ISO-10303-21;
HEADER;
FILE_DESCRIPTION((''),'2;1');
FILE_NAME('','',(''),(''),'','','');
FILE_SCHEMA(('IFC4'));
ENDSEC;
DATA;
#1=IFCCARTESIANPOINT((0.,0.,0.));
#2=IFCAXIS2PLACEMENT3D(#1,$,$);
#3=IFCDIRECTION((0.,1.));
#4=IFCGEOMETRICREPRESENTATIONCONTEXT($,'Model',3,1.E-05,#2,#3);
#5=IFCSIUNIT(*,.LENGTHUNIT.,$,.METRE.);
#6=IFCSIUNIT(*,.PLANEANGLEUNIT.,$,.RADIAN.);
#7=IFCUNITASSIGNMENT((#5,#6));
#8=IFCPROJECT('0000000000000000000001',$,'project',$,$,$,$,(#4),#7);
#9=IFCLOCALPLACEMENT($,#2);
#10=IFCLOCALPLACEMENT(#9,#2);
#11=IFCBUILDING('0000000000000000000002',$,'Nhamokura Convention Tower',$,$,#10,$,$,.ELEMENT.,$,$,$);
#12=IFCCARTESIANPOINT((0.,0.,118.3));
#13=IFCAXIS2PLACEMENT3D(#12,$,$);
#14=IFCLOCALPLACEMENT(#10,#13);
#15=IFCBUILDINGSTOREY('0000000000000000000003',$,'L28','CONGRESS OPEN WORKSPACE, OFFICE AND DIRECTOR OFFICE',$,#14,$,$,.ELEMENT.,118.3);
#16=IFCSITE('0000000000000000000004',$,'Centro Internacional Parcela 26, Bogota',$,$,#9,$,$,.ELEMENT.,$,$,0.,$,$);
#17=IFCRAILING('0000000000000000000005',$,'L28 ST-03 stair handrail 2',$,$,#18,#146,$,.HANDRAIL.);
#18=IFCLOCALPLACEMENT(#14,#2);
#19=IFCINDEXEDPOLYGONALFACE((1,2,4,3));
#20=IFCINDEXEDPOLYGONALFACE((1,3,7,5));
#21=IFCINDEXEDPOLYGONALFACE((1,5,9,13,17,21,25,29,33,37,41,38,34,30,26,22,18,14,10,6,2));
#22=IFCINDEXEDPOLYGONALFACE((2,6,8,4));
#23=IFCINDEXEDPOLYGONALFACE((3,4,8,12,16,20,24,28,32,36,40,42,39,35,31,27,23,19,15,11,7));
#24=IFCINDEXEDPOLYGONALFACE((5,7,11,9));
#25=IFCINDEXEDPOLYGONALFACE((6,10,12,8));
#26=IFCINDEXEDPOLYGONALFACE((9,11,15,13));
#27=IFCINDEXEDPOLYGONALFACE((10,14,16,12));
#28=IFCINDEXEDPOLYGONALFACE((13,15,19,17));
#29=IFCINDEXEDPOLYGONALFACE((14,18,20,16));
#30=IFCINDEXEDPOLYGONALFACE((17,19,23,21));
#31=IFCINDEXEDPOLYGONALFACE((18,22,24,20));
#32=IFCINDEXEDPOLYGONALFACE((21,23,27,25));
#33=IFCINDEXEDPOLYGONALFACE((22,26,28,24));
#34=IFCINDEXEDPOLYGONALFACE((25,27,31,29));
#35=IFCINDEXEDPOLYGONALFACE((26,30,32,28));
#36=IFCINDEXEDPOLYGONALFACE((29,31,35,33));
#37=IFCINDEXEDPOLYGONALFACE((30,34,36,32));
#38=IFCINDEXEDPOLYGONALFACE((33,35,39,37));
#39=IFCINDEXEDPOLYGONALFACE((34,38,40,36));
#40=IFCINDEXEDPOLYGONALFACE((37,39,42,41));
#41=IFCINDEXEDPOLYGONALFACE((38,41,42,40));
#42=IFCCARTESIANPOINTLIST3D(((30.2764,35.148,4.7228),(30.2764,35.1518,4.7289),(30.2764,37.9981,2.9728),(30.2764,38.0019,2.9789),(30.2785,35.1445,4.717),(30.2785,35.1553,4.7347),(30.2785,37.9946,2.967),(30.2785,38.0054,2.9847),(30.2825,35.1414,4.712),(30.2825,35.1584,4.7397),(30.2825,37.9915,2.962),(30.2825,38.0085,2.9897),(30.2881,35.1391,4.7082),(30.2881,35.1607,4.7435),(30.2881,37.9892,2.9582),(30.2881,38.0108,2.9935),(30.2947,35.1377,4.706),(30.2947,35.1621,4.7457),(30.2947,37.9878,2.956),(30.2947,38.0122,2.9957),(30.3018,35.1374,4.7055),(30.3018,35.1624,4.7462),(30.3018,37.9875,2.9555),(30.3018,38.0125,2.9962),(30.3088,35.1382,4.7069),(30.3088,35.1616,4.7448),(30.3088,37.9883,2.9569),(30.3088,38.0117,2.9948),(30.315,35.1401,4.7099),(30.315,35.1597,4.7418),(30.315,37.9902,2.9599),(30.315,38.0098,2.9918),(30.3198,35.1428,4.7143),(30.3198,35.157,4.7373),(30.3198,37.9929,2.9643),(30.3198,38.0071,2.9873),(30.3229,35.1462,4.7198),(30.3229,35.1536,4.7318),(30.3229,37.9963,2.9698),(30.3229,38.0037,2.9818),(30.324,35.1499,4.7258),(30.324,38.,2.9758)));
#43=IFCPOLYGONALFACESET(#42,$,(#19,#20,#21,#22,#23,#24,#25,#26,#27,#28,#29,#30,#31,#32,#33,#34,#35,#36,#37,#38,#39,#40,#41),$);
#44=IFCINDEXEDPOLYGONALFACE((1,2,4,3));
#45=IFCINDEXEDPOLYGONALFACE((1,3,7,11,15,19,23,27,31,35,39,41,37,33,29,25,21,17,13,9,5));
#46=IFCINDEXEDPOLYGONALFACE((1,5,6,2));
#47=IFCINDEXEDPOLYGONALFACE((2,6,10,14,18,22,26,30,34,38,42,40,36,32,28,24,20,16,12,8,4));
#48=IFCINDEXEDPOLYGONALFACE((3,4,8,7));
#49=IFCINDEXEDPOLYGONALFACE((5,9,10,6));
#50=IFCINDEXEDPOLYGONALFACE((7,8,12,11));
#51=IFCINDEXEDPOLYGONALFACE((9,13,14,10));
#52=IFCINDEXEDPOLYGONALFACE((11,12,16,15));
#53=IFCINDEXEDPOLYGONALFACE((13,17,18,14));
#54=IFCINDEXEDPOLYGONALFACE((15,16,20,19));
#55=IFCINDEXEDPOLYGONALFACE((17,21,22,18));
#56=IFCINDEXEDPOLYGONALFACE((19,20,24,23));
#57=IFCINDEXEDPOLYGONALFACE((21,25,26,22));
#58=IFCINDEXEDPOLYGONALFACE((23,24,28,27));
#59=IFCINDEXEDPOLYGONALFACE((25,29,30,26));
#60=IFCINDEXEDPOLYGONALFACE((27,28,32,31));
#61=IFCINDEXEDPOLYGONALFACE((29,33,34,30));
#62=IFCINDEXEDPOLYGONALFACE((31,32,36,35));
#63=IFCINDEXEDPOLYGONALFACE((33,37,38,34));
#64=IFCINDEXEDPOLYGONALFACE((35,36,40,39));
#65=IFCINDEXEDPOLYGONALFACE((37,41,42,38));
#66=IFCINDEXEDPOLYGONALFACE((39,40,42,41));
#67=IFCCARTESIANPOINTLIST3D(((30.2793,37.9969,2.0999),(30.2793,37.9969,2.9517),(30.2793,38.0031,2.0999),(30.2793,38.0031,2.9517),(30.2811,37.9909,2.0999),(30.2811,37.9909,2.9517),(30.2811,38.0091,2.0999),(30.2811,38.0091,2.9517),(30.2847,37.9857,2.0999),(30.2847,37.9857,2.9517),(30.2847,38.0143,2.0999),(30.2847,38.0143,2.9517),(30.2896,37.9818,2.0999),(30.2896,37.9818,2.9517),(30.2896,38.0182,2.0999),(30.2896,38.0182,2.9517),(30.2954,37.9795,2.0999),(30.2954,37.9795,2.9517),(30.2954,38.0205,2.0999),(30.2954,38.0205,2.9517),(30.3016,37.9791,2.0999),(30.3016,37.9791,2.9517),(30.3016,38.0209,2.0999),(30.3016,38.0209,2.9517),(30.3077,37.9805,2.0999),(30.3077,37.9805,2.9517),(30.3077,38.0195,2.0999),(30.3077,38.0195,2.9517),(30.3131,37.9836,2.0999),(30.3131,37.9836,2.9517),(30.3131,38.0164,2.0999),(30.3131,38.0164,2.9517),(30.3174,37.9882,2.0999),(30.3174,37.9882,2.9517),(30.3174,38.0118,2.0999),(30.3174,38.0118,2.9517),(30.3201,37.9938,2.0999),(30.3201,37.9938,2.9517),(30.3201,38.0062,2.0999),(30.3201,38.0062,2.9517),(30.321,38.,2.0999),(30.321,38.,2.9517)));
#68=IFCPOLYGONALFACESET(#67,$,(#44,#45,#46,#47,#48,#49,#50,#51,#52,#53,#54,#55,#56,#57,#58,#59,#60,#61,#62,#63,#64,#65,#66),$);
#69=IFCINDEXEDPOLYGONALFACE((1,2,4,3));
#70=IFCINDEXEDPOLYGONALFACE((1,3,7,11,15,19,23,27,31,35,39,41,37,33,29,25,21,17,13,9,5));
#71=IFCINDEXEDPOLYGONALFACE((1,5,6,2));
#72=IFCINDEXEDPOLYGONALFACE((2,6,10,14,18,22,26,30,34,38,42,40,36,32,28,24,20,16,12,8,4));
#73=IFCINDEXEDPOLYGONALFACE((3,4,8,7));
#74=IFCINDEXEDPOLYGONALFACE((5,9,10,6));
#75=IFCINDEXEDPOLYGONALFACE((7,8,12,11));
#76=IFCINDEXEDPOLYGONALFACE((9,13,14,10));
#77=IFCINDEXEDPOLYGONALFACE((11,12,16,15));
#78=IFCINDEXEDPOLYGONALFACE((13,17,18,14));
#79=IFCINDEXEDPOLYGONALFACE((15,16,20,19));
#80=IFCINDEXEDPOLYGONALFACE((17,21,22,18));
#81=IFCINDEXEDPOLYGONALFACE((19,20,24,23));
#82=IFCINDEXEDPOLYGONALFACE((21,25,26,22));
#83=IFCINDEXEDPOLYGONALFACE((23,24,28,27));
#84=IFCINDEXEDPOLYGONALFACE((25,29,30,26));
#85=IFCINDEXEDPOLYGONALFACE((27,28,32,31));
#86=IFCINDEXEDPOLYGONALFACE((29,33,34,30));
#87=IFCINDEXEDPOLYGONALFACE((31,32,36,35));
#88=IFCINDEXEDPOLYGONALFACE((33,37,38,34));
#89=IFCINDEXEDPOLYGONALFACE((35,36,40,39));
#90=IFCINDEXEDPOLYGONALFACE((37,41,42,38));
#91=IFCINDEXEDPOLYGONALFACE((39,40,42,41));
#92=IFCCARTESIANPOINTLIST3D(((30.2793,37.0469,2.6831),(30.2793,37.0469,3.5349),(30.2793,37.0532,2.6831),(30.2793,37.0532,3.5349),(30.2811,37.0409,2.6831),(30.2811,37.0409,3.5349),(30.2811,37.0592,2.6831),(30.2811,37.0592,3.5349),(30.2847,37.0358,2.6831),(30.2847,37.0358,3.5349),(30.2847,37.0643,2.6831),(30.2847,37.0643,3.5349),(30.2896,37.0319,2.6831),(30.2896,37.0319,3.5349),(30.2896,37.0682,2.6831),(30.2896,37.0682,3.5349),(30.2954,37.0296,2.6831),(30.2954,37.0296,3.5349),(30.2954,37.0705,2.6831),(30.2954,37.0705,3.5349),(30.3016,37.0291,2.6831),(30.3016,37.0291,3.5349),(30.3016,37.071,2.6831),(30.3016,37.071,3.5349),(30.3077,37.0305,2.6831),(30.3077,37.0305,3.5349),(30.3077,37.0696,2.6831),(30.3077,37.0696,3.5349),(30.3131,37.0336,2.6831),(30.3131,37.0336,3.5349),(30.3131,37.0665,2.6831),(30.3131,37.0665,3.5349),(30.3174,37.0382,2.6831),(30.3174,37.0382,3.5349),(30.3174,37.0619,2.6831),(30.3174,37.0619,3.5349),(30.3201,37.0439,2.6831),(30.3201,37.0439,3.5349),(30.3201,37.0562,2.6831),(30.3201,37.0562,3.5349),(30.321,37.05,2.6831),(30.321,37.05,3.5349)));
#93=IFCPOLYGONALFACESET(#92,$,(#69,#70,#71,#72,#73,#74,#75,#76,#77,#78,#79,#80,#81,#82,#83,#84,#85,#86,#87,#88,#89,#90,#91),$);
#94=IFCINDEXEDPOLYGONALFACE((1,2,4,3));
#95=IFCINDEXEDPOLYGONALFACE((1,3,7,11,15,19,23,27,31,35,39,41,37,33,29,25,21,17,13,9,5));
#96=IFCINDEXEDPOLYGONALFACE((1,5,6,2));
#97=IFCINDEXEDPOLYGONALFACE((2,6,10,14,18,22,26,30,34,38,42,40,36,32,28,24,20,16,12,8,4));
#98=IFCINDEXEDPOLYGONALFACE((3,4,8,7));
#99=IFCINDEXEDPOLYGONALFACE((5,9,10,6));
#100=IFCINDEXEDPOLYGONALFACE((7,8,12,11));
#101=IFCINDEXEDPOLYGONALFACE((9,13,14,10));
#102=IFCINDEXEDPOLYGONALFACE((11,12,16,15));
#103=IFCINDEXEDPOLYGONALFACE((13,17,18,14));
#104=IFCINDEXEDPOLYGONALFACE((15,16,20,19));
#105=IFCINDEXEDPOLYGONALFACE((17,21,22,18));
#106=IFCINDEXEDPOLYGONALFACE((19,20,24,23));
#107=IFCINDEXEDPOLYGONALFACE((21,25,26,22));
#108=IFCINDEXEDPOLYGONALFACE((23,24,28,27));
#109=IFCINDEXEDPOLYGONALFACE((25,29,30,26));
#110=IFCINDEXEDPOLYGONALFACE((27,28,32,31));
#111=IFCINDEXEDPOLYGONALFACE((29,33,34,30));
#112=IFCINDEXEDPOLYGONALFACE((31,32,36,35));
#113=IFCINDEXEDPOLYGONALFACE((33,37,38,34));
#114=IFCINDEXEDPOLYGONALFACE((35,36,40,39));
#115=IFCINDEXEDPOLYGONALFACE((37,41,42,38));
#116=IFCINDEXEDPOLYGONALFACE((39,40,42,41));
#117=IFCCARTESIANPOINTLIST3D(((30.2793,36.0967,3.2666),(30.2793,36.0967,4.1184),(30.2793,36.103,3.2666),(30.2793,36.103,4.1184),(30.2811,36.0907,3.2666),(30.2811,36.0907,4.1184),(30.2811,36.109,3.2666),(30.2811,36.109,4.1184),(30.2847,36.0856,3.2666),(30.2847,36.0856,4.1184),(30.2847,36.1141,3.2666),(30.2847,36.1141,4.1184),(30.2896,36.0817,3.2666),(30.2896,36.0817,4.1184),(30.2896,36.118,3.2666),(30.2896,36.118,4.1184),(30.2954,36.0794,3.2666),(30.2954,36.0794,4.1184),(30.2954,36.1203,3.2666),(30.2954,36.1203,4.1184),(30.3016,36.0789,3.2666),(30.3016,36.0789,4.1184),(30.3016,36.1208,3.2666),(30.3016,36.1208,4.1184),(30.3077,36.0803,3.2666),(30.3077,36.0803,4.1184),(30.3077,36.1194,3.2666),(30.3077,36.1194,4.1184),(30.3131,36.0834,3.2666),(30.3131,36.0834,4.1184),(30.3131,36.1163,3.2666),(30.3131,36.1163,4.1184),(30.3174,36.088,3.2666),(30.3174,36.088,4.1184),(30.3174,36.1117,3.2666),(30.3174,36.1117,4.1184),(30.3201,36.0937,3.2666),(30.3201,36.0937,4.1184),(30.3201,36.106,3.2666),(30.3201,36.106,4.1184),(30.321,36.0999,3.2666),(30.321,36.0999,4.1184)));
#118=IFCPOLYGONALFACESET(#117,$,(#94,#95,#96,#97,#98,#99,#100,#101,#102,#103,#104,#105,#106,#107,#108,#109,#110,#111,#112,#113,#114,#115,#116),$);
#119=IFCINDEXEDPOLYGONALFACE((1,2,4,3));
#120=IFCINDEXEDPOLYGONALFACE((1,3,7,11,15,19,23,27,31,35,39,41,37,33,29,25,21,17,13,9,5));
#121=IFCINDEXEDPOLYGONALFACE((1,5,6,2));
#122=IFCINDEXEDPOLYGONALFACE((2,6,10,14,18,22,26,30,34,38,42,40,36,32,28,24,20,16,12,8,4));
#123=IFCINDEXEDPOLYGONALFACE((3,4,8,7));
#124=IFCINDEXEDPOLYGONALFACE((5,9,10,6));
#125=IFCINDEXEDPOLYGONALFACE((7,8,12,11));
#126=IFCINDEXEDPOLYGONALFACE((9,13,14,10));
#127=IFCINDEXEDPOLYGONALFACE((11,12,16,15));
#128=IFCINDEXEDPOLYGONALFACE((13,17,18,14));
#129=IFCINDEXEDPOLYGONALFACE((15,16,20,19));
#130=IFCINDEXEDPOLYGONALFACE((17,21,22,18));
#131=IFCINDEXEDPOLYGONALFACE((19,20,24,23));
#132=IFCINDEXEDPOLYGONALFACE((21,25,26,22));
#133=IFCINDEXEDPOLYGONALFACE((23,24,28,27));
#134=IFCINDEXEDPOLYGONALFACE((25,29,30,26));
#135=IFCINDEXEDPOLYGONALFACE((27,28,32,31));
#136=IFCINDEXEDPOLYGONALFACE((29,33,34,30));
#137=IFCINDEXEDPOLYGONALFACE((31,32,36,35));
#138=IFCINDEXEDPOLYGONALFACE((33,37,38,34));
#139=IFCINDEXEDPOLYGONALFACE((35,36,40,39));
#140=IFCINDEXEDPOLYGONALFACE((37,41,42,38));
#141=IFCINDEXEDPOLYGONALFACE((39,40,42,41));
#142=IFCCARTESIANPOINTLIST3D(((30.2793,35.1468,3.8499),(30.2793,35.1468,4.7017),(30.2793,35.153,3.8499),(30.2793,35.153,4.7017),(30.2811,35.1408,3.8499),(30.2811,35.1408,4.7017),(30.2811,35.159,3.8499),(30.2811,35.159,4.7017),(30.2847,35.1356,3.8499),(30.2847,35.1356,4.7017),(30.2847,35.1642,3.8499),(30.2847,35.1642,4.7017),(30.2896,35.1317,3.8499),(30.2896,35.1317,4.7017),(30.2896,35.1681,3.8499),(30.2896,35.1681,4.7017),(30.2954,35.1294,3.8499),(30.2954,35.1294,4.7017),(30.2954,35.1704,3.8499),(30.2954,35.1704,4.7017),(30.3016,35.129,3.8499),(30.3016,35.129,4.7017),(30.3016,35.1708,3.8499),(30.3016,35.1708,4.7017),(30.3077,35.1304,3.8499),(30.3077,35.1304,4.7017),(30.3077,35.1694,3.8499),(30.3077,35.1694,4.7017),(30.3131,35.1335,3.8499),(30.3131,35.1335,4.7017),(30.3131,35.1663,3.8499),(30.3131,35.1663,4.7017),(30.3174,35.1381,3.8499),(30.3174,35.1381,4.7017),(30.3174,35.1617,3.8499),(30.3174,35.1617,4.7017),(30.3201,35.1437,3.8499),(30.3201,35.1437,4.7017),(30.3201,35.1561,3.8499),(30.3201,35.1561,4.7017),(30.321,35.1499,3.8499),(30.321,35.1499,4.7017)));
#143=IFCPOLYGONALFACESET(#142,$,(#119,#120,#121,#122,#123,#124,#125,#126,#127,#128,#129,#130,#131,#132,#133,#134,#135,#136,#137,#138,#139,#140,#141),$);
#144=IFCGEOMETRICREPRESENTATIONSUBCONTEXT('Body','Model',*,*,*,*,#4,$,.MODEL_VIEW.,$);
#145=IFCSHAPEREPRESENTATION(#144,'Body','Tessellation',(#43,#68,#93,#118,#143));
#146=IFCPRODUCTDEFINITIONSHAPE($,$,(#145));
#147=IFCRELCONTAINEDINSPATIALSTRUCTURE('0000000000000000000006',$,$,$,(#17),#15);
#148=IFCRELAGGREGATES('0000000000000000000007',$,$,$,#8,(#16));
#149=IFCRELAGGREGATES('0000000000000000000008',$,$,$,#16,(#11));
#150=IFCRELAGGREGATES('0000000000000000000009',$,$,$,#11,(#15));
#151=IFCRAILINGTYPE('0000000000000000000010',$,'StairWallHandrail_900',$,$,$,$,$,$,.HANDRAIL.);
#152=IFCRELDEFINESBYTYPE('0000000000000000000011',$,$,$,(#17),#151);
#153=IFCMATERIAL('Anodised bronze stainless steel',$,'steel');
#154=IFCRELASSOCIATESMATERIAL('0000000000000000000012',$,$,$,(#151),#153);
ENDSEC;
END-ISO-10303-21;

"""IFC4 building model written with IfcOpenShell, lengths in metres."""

from ifc_helpers import new_model, si_unit, direction, frame, origin, origin_2d, place, context, subcontext, project, spatial, circle, extrude, material, type_object, element, save


model = new_model("IFC4")

# Units and contexts
model_context = context("Model", 3, precision=1e-05, world=origin(), true_north=direction((0.0, 1.0)))
body_context = subcontext(model_context, "Body", "Model", "MODEL_VIEW")
ifc_project = project(units=[si_unit("LENGTHUNIT", "METRE"), si_unit("PLANEANGLEUNIT", "RADIAN")], contexts=[model_context])

# Site, building, storey
site_placement = place(None, origin())
site = spatial("IfcSite", under=ifc_project, at=site_placement, Name="Centro Internacional Parcela 26, Bogota", CompositionType="ELEMENT", RefElevation=0.0)
building_placement = place(site_placement, origin())
building = spatial("IfcBuilding", under=site, at=building_placement, Name="Nhamokura Convention Tower", CompositionType="ELEMENT")
storey_placement = place(building_placement, frame((0.0, 0.0, 118.3)))
storey = spatial("IfcBuildingStorey", under=building, at=storey_placement, Name="L28", Description="CONGRESS OPEN WORKSPACE, OFFICE AND DIRECTOR OFFICE", CompositionType="ELEMENT", Elevation=118.3)

# Railing
ifc_material_1 = material(Name="Anodised bronze stainless steel", Category="steel")
railing_type_1 = type_object("IfcRailingType", Name="StairWallHandrail_900", PredefinedType="HANDRAIL", material=ifc_material_1)
railing_1_placement = place(storey_placement, frame((30.3, 38.0, 2.0999)))
element("IfcRailing", 1, at=railing_1_placement, inside=storey, type_object=railing_type_1, Name="L28 ST-03 stair handrail 2", PredefinedType="HANDRAIL", context=body_context, shape_type="SweptSolid", body=[
    extrude(circle(Radius=0.0239, at=origin_2d()), frame((0.0, 0.0, 0.876), z_axis=(0.0, -0.852179, 0.52325), x_axis=(1.0, 0.0, 0.0)), (0.0, 0.0, 1.0), 3.3445),
    extrude(circle(Radius=0.021, at=origin_2d()), origin(), (0.0, 0.0, 1.0), 0.8518),
    extrude(circle(Radius=0.021, at=origin_2d()), frame((0.0, -0.95, 0.5833)), (0.0, 0.0, 1.0), 0.8518),
    extrude(circle(Radius=0.021, at=origin_2d()), frame((0.0, -1.9001, 1.1667)), (0.0, 0.0, 1.0), 0.8518),
    extrude(circle(Radius=0.021, at=origin_2d()), frame((0.0, -2.8501, 1.75)), (0.0, 0.0, 1.0), 0.8518),
])

save(model, "model.ifc")
